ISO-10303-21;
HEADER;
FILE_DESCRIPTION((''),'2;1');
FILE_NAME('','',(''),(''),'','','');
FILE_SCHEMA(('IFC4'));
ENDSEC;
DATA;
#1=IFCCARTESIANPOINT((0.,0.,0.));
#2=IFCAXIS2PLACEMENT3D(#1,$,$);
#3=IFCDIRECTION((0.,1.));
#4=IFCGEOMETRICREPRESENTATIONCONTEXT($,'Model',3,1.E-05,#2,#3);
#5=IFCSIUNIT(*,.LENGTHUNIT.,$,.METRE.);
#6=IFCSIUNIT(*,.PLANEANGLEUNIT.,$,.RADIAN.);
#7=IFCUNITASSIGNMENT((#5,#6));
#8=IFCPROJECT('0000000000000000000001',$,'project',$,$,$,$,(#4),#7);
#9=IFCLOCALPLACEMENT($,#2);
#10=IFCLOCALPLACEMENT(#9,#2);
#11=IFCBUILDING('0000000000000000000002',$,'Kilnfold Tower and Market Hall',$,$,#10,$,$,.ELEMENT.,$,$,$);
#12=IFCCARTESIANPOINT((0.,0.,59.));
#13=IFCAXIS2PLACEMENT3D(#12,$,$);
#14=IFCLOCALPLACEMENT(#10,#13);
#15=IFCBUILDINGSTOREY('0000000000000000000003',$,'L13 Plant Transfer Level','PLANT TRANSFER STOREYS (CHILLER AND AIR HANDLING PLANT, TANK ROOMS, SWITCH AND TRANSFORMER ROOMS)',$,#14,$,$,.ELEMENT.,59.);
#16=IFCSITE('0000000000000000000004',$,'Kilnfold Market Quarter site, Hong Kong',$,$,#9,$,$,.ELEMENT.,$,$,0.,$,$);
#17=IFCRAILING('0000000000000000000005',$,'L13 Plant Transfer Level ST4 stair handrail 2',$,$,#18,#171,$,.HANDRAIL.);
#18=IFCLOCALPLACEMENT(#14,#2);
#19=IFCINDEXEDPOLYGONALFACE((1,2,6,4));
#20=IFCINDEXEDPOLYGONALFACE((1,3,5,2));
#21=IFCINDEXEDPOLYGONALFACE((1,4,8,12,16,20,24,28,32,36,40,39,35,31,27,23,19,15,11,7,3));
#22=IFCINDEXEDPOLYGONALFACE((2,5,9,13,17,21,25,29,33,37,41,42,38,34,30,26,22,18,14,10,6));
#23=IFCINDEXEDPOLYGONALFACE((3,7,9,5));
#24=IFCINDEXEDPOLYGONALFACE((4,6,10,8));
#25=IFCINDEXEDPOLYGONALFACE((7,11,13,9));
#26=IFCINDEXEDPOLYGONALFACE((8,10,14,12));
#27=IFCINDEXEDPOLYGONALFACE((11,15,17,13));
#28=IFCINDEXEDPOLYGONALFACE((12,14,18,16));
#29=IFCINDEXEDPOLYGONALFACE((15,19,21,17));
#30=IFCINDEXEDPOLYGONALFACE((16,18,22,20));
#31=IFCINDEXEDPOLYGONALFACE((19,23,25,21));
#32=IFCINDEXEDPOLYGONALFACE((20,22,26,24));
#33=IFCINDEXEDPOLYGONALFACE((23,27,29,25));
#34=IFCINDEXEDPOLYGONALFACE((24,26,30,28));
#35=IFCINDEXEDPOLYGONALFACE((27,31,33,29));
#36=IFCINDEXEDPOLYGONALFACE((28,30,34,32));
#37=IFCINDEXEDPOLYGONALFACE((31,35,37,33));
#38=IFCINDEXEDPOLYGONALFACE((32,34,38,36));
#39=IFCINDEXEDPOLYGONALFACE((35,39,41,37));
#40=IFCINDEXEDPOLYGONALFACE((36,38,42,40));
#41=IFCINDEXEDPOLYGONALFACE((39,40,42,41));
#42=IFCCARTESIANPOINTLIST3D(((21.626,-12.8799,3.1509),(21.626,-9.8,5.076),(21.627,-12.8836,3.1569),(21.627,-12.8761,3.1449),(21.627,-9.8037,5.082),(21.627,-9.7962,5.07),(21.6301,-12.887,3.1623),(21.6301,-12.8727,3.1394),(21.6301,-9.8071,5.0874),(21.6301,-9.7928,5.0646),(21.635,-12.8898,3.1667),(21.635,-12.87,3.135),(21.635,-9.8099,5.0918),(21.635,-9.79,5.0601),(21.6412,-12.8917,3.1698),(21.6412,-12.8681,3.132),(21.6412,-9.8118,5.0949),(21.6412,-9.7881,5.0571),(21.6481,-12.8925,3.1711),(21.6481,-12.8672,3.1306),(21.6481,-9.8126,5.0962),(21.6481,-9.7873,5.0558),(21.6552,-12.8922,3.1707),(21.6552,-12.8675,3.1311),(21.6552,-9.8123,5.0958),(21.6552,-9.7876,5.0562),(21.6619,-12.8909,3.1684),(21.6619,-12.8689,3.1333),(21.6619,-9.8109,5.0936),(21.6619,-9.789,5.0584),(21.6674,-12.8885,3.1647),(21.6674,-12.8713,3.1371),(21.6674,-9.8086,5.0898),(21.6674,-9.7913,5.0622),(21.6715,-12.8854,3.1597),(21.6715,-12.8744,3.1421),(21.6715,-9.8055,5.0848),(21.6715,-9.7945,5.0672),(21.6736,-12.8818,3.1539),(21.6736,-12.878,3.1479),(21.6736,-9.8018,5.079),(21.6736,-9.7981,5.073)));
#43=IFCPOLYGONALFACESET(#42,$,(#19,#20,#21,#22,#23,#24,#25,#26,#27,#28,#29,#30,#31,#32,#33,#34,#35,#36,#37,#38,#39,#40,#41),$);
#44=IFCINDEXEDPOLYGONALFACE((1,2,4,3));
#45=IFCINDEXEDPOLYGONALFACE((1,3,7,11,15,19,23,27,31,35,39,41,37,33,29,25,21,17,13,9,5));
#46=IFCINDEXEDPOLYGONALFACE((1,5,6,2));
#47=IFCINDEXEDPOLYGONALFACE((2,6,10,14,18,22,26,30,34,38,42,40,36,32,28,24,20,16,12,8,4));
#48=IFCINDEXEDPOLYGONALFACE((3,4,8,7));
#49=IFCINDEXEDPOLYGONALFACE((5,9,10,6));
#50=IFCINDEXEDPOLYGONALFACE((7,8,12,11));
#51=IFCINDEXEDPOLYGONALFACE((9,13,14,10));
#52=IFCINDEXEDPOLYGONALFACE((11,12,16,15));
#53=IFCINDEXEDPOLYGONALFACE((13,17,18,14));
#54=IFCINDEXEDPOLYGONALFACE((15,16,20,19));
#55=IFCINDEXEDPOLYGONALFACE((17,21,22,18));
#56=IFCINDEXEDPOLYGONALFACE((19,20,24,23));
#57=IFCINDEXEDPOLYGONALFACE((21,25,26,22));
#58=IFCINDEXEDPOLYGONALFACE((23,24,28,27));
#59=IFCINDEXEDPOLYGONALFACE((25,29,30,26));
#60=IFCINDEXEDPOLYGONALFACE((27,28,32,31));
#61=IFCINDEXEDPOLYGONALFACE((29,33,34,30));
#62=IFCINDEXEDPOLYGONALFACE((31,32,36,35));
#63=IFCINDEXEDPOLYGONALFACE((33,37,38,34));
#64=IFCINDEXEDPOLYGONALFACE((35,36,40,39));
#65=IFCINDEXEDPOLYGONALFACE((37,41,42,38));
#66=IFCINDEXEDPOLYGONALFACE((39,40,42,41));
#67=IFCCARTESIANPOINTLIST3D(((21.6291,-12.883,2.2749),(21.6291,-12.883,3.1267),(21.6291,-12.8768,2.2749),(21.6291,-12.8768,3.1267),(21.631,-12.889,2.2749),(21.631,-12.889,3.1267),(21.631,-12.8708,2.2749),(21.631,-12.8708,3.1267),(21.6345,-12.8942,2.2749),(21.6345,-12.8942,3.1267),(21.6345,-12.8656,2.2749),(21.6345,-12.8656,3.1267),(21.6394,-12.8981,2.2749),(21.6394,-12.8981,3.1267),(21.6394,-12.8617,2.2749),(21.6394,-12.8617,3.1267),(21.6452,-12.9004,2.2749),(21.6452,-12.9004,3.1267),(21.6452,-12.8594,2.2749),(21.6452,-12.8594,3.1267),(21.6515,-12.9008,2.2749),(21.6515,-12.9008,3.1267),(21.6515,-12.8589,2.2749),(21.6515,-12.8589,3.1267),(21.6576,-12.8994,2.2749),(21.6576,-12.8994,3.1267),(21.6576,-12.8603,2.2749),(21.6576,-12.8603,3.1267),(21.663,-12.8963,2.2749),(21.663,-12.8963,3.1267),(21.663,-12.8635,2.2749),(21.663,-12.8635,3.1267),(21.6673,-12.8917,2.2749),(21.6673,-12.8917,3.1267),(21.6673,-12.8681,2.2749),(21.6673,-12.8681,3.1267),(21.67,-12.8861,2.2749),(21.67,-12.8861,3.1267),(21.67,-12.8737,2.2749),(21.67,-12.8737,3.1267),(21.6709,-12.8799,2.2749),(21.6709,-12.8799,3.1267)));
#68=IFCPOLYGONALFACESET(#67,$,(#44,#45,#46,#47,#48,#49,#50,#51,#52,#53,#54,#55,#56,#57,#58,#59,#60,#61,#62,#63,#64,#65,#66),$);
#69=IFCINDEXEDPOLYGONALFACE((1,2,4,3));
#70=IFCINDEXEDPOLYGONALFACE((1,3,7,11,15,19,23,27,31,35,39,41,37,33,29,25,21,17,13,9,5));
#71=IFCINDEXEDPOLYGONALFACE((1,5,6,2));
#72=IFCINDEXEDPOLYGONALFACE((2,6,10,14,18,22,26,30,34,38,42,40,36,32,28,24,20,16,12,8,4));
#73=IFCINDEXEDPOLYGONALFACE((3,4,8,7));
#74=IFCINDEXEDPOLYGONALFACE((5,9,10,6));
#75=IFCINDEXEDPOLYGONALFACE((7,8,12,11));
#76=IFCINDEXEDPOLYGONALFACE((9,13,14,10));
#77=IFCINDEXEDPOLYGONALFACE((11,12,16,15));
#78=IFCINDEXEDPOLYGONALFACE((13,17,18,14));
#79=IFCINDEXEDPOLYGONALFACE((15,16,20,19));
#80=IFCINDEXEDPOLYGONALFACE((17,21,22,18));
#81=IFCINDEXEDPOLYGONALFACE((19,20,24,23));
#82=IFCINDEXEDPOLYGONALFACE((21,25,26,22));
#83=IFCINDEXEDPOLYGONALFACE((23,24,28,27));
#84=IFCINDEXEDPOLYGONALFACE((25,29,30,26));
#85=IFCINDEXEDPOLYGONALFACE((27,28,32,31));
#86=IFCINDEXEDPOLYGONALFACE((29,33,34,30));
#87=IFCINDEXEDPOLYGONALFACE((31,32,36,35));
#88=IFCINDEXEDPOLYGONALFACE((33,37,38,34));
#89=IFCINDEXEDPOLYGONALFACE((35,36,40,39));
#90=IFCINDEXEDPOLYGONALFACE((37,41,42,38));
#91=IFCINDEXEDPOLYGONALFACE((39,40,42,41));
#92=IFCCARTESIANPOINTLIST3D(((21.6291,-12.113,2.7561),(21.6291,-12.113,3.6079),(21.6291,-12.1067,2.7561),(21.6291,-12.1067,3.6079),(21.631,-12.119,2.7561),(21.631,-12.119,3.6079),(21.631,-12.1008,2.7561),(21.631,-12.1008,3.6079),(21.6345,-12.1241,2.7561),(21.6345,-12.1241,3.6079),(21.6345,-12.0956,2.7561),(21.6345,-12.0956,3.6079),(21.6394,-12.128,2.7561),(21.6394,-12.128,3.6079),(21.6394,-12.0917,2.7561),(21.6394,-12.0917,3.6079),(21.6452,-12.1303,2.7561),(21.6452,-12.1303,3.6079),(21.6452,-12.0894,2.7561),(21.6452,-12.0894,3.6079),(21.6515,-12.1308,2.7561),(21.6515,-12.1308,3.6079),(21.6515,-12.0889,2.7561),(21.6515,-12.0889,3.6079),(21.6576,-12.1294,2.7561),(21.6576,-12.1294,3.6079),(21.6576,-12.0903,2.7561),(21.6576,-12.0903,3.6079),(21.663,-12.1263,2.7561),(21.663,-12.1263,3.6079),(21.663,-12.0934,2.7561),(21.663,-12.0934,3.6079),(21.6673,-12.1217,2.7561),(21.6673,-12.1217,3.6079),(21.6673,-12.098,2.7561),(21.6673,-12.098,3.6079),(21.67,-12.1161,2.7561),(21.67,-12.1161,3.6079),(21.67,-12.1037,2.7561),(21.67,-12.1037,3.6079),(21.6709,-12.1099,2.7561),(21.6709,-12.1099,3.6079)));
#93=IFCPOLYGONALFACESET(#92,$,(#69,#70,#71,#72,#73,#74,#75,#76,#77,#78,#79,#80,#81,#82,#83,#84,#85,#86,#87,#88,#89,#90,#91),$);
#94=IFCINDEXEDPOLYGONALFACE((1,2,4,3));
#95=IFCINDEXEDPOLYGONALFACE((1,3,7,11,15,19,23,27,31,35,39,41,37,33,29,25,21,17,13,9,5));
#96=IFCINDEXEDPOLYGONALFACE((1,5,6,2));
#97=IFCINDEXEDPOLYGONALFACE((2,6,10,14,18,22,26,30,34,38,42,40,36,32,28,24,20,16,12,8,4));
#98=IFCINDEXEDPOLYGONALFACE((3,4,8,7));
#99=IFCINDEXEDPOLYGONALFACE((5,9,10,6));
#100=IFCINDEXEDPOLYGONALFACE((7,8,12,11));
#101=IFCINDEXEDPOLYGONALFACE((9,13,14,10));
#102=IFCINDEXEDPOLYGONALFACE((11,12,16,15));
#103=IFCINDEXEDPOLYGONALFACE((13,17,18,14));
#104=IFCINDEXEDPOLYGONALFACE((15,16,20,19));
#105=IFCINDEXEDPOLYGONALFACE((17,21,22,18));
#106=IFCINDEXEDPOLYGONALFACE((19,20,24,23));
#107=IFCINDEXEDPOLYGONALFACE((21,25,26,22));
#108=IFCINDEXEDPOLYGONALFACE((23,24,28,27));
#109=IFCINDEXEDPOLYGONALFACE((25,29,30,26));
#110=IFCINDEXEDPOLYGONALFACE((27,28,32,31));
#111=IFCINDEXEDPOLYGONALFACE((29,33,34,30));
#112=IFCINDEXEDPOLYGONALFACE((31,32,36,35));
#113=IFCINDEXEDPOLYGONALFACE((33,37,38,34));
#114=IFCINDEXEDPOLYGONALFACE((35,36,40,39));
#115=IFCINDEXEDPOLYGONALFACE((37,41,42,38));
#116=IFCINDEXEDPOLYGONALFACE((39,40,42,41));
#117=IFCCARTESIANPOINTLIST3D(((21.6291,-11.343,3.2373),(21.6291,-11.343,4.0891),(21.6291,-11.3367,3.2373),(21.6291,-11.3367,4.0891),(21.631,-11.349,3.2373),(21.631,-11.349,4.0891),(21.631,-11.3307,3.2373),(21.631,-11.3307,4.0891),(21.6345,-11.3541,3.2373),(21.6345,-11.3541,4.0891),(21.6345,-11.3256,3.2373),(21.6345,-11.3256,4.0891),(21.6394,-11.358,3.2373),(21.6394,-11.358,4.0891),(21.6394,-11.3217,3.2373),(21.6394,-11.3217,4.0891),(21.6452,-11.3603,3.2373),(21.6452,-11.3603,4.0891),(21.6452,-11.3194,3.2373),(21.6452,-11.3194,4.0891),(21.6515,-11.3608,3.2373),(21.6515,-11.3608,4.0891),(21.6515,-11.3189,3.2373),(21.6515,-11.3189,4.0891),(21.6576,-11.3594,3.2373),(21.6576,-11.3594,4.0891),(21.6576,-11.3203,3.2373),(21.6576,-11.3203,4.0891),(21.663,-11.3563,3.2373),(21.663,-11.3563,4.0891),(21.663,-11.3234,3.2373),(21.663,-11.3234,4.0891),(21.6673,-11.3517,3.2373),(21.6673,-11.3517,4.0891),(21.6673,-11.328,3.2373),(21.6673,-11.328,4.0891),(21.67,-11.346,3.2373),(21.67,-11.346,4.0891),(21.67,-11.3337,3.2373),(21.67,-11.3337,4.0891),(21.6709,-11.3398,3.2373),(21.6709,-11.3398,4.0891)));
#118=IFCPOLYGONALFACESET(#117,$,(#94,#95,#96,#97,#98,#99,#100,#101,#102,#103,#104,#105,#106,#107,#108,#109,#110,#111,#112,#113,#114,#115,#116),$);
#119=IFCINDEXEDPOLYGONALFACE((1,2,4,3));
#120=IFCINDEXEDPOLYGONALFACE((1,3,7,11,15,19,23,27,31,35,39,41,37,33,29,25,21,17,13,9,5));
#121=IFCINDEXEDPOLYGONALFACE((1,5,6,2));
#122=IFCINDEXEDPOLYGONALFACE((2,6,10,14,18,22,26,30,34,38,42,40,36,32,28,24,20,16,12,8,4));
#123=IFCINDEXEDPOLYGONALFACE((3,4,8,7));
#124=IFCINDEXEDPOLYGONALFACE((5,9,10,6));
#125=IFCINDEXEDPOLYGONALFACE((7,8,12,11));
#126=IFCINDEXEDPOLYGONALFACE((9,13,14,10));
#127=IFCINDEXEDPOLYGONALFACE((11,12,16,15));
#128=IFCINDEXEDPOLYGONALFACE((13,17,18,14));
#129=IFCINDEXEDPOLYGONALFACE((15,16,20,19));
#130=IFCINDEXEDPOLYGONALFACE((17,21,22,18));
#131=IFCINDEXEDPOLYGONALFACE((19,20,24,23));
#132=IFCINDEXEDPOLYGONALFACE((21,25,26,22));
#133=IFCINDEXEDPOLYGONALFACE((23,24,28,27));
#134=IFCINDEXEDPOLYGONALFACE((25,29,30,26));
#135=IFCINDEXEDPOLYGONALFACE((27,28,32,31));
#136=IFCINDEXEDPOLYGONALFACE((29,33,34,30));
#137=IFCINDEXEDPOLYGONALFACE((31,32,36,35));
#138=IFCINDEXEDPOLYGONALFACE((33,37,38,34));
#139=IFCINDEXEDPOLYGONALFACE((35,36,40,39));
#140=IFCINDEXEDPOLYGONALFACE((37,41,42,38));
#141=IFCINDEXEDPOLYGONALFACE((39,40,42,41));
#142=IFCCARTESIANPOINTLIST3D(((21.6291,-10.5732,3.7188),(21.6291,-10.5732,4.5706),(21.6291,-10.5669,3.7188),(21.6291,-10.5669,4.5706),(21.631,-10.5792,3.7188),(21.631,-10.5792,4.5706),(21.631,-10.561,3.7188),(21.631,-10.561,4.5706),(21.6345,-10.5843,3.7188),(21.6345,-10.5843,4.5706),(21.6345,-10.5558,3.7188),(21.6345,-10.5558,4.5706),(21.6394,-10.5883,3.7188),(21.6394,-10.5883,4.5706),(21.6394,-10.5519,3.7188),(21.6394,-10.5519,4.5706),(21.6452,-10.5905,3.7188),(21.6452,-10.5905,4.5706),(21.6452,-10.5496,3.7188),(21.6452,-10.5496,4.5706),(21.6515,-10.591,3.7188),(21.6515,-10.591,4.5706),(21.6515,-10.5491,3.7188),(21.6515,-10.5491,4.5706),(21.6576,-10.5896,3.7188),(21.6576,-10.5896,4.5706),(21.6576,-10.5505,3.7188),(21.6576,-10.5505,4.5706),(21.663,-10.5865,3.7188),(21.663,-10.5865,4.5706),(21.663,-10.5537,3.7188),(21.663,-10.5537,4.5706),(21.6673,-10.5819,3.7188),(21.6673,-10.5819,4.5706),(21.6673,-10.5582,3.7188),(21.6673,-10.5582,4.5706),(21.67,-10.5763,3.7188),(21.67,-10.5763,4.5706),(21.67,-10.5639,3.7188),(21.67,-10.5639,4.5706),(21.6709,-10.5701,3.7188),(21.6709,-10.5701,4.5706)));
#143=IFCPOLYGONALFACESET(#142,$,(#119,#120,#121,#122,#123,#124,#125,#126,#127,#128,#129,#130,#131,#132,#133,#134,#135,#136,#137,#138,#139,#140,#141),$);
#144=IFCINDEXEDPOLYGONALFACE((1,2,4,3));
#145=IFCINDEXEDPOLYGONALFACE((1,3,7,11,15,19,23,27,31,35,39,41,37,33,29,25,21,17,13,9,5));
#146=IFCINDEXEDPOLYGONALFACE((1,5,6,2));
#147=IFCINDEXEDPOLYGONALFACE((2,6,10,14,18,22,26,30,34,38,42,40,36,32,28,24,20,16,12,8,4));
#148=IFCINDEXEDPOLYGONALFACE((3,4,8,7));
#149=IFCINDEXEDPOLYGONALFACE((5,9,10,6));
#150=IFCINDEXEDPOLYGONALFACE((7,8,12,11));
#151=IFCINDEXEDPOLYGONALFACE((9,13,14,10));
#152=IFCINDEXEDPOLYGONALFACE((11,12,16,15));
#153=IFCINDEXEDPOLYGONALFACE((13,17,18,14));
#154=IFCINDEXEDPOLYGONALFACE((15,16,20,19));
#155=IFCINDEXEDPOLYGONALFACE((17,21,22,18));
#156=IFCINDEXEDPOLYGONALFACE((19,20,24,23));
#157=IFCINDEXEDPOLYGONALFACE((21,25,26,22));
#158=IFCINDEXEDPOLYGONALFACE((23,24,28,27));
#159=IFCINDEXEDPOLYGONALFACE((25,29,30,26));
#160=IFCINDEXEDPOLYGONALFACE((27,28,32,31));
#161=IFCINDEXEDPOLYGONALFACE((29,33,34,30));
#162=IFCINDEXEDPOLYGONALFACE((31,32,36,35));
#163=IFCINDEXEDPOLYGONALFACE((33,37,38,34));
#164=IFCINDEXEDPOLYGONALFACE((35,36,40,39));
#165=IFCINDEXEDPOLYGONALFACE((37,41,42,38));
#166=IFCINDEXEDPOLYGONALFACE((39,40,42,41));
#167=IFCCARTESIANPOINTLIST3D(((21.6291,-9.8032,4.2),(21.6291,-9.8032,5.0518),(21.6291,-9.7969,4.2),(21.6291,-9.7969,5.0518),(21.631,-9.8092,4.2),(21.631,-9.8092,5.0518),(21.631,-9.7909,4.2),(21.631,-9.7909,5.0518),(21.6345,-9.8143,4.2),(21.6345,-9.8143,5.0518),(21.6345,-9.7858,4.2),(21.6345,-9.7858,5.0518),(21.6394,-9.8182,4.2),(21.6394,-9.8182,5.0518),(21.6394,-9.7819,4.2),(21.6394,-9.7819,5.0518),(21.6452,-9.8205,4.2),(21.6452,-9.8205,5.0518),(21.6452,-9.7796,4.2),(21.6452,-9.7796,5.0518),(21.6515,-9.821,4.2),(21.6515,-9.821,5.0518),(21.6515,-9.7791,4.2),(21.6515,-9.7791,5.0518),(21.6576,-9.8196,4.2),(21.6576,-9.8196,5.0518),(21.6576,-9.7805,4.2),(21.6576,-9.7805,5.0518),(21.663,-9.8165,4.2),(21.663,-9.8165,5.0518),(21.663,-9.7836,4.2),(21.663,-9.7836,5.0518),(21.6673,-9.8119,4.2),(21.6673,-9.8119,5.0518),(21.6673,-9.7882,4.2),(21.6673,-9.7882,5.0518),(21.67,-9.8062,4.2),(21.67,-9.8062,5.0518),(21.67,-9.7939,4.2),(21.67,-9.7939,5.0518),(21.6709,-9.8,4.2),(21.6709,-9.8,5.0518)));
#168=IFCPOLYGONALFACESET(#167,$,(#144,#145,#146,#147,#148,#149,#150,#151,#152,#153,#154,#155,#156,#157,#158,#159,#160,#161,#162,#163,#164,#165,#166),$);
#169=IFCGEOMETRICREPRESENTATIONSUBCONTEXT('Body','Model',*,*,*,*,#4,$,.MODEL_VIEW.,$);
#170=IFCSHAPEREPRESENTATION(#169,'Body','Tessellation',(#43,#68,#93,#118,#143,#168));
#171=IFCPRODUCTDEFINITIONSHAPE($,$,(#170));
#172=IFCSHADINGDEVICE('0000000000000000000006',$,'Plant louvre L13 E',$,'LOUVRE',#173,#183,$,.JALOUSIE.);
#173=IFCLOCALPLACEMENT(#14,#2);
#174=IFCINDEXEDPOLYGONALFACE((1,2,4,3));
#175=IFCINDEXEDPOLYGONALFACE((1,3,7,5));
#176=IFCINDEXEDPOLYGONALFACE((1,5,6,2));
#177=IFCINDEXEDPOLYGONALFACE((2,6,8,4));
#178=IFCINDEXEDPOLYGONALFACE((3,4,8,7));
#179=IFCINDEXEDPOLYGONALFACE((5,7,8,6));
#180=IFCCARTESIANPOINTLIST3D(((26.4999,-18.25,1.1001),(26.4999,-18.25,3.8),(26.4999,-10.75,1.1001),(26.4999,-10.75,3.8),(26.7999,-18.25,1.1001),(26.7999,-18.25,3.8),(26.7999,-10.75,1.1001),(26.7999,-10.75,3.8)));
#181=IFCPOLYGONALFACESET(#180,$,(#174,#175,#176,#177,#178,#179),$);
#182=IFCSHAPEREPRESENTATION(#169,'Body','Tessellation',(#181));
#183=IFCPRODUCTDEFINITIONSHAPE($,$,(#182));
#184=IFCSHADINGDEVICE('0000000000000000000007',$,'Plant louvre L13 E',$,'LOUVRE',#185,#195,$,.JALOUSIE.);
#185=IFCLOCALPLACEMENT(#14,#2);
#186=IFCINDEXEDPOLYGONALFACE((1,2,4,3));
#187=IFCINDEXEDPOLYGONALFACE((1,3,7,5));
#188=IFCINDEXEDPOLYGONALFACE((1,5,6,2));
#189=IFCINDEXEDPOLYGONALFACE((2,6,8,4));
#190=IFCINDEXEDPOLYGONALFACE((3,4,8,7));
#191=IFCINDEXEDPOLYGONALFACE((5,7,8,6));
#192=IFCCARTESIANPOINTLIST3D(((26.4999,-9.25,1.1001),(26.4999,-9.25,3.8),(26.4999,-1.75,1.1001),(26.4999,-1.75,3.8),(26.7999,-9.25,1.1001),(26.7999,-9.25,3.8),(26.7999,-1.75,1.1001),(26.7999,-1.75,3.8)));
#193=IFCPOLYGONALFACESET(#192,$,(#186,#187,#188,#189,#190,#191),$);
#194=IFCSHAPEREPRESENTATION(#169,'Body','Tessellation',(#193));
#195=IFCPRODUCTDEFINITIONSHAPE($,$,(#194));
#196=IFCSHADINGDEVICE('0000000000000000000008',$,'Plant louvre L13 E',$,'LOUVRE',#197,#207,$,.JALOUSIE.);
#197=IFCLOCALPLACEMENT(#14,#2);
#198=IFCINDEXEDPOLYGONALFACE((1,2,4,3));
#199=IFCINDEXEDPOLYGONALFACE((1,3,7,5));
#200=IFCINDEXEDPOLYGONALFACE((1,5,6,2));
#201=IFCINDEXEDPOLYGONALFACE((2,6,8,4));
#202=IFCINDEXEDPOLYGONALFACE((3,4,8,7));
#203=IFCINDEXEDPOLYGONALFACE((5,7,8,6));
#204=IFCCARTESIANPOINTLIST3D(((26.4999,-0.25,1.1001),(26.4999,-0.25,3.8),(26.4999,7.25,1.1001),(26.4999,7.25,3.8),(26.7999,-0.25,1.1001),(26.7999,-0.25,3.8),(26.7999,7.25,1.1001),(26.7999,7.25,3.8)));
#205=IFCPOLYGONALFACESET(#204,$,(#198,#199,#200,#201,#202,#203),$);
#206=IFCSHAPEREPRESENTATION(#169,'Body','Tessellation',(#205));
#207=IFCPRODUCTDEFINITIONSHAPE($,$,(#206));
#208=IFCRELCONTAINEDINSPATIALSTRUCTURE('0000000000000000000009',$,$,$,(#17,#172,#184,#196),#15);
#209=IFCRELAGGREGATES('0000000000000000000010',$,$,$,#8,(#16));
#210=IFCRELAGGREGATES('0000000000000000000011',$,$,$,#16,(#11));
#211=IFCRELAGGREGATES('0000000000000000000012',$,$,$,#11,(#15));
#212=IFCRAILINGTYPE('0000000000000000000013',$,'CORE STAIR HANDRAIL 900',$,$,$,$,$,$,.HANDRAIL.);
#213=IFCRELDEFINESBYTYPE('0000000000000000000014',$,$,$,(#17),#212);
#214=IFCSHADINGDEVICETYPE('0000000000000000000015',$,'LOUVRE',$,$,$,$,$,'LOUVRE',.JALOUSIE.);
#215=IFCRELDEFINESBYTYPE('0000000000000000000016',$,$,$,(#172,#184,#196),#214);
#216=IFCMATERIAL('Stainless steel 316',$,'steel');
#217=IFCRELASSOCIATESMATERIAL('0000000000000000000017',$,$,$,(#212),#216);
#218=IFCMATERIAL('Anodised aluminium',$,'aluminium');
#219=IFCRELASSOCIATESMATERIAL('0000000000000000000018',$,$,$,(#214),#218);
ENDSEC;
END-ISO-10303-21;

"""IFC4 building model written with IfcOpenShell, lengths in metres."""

from ifc_helpers import new_model, si_unit, direction, frame, origin, origin_2d, place, context, subcontext, project, spatial, rectangle, circle, extrude, source, transform, mapped, material, type_object, element, save


model = new_model("IFC4")

# Units and contexts
model_context = context("Model", 3, precision=1e-05, world=origin(), true_north=direction((0.0, 1.0)))
body_context = subcontext(model_context, "Body", "Model", "MODEL_VIEW")
ifc_project = project(units=[si_unit("LENGTHUNIT", "METRE"), si_unit("PLANEANGLEUNIT", "RADIAN")], contexts=[model_context])

# Site, building, storey
site_placement = place(None, origin())
site = spatial("IfcSite", under=ifc_project, at=site_placement, Name="Kilnfold Market Quarter site, Hong Kong", CompositionType="ELEMENT", RefElevation=0.0)
building_placement = place(site_placement, origin())
building = spatial("IfcBuilding", under=site, at=building_placement, Name="Kilnfold Tower and Market Hall", CompositionType="ELEMENT")
storey_placement = place(building_placement, frame((0.0, 0.0, 59.0)))
storey = spatial("IfcBuildingStorey", under=building, at=storey_placement, Name="L13 Plant Transfer Level", Description="PLANT TRANSFER STOREYS (CHILLER AND AIR HANDLING PLANT, TANK ROOMS, SWITCH AND TRANSFORMER ROOMS)", CompositionType="ELEMENT", Elevation=59.0)

# Railing
ifc_material_1 = material(Name="Stainless steel 316", Category="steel")
railing_type_1 = type_object("IfcRailingType", Name="CORE STAIR HANDRAIL 900", PredefinedType="HANDRAIL", material=ifc_material_1)
railing_1_placement = place(storey_placement, frame((21.6499, -12.8799, 2.2749)))
element("IfcRailing", 1, at=railing_1_placement, inside=storey, type_object=railing_type_1, Name="L13 Plant Transfer Level ST4 stair handrail 2", PredefinedType="HANDRAIL", context=body_context, shape_type="SweptSolid", body=[
    extrude(circle(Radius=0.0239, at=origin_2d()), frame((0.0, 0.0, 0.876), z_axis=(0.0, 0.847979, 0.530029), x_axis=(-1.0, 0.0, 0.0)), (0.0, 0.0, 1.0), 3.6321),
    extrude(circle(Radius=0.021, at=origin_2d()), origin(), (0.0, 0.0, 1.0), 0.8518),
    extrude(circle(Radius=0.021, at=origin_2d()), frame((0.0, 0.77, 0.4812)), (0.0, 0.0, 1.0), 0.8518),
    extrude(circle(Radius=0.021, at=origin_2d()), frame((0.0, 1.54, 0.9624)), (0.0, 0.0, 1.0), 0.8518),
    extrude(circle(Radius=0.021, at=origin_2d()), frame((0.0, 2.3098, 1.4438)), (0.0, 0.0, 1.0), 0.8518),
    extrude(circle(Radius=0.021, at=origin_2d()), frame((0.0, 3.0798, 1.925)), (0.0, 0.0, 1.0), 0.8518),
])

# Shading devices
ifc_material_2 = material(Name="Anodised aluminium", Category="aluminium")
shading_device_type = type_object("IfcShadingDeviceType", Name="LOUVRE", ElementType="LOUVRE", PredefinedType="JALOUSIE", material=ifc_material_2)
shared_shape_1 = source(origin(), body_context, "Body", "SweptSolid", [
    extrude(rectangle(XDim=7.5, YDim=0.3, at=origin_2d()), origin(), (0.0, 0.0, 1.0), 2.7),
])
for number, where, z_axis, x_axis, name in (
    (2, (26.6499, -14.5, 1.1001), (0.0, 0.0, 1.0), (0.0, 1.0, 0.0), "Plant louvre L13 E"),
    (3, (26.6499, -5.5, 1.1001), (0.0, 0.0, 1.0), (0.0, 1.0, 0.0), "Plant louvre L13 E"),
    (4, (26.6499, 3.5, 1.1001), (0.0, 0.0, 1.0), (0.0, 1.0, 0.0), "Plant louvre L13 E"),
):
    element("IfcShadingDevice", number, at=place(storey_placement, frame(where, z_axis=z_axis, x_axis=x_axis)), inside=storey, type_object=shading_device_type, Name=name, ObjectType="LOUVRE", PredefinedType="JALOUSIE", context=body_context, shape_type="MappedRepresentation", body=[
        mapped(shared_shape_1, transform((0.0, 0.0, 0.0))),
    ])

save(model, "model.ifc")
